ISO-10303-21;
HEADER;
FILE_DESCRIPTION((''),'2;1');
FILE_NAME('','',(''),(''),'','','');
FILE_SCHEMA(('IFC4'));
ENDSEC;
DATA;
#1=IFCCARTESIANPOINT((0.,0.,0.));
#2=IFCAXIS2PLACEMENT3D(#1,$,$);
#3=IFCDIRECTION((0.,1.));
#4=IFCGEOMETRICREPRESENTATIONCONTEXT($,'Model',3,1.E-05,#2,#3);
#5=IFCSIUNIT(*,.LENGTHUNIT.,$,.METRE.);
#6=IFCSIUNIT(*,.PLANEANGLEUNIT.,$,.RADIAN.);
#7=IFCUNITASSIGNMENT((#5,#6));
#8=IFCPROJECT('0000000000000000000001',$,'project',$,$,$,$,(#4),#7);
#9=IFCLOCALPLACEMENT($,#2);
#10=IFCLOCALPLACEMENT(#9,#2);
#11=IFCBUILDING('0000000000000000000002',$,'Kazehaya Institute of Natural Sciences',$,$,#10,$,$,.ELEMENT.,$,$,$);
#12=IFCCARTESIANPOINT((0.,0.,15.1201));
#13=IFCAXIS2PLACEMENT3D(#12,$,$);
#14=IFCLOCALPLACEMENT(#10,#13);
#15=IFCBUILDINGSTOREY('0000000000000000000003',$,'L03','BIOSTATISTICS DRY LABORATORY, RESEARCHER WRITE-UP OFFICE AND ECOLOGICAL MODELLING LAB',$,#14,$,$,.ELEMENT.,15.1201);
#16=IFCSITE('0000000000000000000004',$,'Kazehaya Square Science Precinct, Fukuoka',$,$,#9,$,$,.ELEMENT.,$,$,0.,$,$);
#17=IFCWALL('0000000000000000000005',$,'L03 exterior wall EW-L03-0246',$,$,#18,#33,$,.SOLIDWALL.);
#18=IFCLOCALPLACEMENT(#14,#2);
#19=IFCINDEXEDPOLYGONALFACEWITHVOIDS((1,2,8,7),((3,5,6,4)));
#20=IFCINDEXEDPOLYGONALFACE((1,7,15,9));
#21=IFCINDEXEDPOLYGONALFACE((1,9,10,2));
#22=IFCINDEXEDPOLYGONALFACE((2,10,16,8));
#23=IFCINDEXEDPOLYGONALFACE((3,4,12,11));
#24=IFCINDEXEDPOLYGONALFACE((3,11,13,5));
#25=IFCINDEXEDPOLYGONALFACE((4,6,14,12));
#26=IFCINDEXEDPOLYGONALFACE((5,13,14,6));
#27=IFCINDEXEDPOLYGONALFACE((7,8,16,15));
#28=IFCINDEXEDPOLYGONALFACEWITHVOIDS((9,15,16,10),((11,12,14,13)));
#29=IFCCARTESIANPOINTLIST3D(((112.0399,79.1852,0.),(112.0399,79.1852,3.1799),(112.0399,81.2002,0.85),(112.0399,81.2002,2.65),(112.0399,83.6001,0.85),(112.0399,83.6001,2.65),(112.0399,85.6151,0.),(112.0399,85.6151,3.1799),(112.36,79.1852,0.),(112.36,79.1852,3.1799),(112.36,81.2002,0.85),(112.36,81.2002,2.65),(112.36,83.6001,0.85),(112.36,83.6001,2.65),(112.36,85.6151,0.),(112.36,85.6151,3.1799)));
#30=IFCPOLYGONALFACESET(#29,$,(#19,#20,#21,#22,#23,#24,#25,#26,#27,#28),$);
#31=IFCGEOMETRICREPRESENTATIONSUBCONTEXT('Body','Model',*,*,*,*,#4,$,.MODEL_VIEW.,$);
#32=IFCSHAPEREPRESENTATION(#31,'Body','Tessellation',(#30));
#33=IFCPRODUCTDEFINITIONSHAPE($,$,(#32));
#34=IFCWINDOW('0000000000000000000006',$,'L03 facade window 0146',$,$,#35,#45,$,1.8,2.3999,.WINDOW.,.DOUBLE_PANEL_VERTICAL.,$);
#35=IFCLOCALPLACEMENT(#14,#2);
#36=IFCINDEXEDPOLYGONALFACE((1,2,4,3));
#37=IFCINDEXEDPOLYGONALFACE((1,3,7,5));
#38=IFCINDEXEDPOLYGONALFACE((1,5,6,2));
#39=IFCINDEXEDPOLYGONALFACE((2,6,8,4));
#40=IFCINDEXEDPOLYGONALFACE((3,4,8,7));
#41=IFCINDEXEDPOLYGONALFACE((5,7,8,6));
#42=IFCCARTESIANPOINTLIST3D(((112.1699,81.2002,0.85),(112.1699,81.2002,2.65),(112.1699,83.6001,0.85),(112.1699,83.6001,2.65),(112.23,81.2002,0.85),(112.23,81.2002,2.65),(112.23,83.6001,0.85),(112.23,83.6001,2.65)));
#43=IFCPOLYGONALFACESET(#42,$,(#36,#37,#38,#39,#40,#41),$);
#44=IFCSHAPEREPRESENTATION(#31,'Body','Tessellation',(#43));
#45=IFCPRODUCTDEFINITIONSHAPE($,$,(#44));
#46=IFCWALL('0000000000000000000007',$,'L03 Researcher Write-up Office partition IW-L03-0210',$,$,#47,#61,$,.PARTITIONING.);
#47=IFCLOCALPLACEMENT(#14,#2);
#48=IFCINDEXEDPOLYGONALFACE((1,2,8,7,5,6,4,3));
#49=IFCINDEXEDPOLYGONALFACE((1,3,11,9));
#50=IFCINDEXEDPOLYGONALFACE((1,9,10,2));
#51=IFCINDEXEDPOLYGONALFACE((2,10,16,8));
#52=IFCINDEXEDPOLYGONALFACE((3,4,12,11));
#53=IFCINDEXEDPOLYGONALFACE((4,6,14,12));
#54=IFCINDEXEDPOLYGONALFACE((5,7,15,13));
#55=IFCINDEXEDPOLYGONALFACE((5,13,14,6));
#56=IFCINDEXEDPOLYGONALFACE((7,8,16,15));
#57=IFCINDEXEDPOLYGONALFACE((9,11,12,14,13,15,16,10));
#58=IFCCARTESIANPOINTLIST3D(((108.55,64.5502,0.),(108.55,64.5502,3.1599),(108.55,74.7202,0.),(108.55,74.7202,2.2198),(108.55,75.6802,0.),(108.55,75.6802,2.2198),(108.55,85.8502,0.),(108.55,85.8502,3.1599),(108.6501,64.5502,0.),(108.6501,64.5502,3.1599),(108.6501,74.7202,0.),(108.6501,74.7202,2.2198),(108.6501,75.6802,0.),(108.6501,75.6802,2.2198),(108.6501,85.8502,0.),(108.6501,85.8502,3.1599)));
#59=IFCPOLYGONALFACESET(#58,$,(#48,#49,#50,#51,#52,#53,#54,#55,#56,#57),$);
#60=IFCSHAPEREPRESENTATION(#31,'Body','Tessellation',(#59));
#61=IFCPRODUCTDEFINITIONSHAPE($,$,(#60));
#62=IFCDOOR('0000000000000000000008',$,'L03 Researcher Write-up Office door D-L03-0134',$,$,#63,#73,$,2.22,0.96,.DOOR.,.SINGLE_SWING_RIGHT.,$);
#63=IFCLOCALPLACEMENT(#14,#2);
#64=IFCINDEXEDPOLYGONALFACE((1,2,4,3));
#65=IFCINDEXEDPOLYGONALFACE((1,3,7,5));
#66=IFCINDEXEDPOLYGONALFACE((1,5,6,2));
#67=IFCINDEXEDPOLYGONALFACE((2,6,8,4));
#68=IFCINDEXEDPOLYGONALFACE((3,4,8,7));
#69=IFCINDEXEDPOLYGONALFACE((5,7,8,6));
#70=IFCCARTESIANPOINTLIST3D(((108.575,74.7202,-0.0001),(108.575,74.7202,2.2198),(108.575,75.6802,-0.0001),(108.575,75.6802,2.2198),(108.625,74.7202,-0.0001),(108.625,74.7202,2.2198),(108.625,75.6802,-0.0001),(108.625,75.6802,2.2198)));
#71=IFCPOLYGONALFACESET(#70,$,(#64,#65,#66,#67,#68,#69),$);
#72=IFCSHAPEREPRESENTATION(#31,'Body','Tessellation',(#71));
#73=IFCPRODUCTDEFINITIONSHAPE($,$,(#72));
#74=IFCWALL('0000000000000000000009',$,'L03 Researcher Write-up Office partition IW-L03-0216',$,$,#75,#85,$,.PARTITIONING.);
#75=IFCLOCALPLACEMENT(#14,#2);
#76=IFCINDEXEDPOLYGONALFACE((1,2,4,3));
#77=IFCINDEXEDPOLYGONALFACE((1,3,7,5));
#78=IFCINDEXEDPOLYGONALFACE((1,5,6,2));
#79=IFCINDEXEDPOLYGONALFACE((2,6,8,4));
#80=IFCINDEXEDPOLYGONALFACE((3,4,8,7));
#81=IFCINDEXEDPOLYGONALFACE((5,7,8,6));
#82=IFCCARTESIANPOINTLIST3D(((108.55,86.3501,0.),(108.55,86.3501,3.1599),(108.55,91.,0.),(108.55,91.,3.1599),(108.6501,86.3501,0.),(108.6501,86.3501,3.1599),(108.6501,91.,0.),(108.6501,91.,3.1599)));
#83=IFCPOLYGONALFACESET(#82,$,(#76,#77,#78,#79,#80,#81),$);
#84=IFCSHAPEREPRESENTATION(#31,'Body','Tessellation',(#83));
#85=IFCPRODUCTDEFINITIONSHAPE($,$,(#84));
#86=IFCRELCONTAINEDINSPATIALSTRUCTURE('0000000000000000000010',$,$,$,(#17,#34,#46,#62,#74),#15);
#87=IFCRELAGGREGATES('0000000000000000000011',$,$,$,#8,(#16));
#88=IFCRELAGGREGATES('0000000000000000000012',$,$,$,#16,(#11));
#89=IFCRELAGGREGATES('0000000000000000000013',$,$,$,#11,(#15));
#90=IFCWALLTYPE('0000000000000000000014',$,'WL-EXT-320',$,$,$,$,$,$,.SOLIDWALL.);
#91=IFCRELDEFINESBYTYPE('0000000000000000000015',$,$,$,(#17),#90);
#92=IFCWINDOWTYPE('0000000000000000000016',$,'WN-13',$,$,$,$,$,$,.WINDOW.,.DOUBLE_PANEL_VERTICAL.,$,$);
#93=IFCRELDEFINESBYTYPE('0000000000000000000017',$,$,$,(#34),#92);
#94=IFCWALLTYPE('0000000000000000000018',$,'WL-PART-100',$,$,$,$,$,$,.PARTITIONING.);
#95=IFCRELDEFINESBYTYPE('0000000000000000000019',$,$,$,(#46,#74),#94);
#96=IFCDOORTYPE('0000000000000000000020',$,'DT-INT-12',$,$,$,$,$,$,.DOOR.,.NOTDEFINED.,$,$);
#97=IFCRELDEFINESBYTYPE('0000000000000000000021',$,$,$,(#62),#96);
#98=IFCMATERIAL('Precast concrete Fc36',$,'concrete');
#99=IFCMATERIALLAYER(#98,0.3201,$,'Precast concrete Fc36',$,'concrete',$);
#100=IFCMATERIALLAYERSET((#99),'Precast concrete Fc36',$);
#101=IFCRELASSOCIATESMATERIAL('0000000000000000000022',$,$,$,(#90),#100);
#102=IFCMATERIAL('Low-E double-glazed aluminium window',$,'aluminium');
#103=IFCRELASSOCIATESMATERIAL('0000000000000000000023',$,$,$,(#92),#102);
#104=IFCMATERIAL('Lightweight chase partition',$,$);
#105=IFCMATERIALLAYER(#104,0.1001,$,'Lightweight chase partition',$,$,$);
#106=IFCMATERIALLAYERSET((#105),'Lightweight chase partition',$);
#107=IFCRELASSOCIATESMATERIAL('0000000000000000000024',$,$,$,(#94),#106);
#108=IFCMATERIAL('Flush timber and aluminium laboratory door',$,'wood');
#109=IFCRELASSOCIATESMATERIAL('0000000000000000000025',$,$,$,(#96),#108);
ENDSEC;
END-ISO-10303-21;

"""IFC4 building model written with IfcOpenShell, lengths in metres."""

from ifc_helpers import new_model, si_unit, direction, frame, frame_2d, origin, place, context, subcontext, project, spatial, rectangle, extrude, material, layer, layer_set, type_object, element, fill, save


model = new_model("IFC4")

# Units and contexts
model_context = context("Model", 3, precision=1e-05, world=origin(), true_north=direction((0.0, 1.0)))
body_context = subcontext(model_context, "Body", "Model", "MODEL_VIEW")
ifc_project = project(units=[si_unit("LENGTHUNIT", "METRE"), si_unit("PLANEANGLEUNIT", "RADIAN")], contexts=[model_context])

# Site, building, storey
site_placement = place(None, origin())
site = spatial("IfcSite", under=ifc_project, at=site_placement, Name="Kazehaya Square Science Precinct, Fukuoka", CompositionType="ELEMENT", RefElevation=0.0)
building_placement = place(site_placement, origin())
building = spatial("IfcBuilding", under=site, at=building_placement, Name="Kazehaya Institute of Natural Sciences", CompositionType="ELEMENT")
storey_placement = place(building_placement, frame((0.0, 0.0, 15.1201)))
storey = spatial("IfcBuildingStorey", under=building, at=storey_placement, Name="L03", Description="BIOSTATISTICS DRY LABORATORY, RESEARCHER WRITE-UP OFFICE AND ECOLOGICAL MODELLING LAB", CompositionType="ELEMENT", Elevation=15.1201)

# Wall, opening, window
ifc_material_1 = material(Name="Precast concrete Fc36", Category="concrete")
ifc_material_2 = material(Name="Low-E double-glazed aluminium window", Category="aluminium")
ifc_layer_1 = layer(ifc_material_1, 0.3201, Name="Precast concrete Fc36", Category="concrete")
ifc_layer_set_1 = layer_set([ifc_layer_1], Name="Precast concrete Fc36")
wall_type_1 = type_object("IfcWallType", Name="WL-EXT-320", PredefinedType="SOLIDWALL", material=ifc_layer_set_1)
wall_1_placement = place(storey_placement, frame((112.2, 85.615, 0.0), z_axis=(0.0, 0.0, 1.0), x_axis=(0.0, -1.0, 0.0)))
wall_1 = element("IfcWall", 1, at=wall_1_placement, inside=storey, type_object=wall_type_1, Name="L03 exterior wall EW-L03-0246", PredefinedType="SOLIDWALL", context=body_context, shape_type="SweptSolid", body=[
    extrude(rectangle(XDim=6.4299, YDim=0.3201, at=frame_2d((3.2148, 0.0))), origin(), (0.0, 0.0, 1.0), 3.1799),
])
opening_1_placement = place(wall_1_placement, frame((2.0149, 0.0, 0.8501)))
opening_1 = element("IfcOpeningElement", 2, at=opening_1_placement, cuts=wall_1, PredefinedType="OPENING", context=body_context, shape_type="SweptSolid", body=[
    extrude(rectangle(XDim=2.3999, YDim=1.8, at=frame_2d((1.2, 0.8999))), frame((0.0, 0.1699, 0.0), z_axis=(0.0, -1.0, 0.0), x_axis=(1.0, 0.0, 0.0)), (0.0, 0.0, 1.0), 0.3401),
])
window_type_1 = type_object("IfcWindowType", Name="WN-13", PartitioningType="DOUBLE_PANEL_VERTICAL", PredefinedType="WINDOW", material=ifc_material_2)
window_1_placement = place(opening_1_placement, origin())
window_1 = element("IfcWindow", 3, at=window_1_placement, inside=storey, type_object=window_type_1, Name="L03 facade window 0146", OverallHeight=1.8, OverallWidth=2.3999, PartitioningType="DOUBLE_PANEL_VERTICAL", PredefinedType="WINDOW", context=body_context, shape_type="SweptSolid", body=[
    extrude(rectangle(XDim=2.3999, YDim=1.8, at=frame_2d((1.2, 0.8999))), frame((0.0, 0.03, 0.0), z_axis=(0.0, -1.0, 0.0), x_axis=(1.0, 0.0, 0.0)), (0.0, 0.0, 1.0), 0.0601),
])
fill(opening_1, window_1)

# Wall, opening, door
ifc_material_3 = material(Name="Lightweight chase partition")
ifc_layer_2 = layer(ifc_material_3, 0.1001, Name="Lightweight chase partition")
ifc_layer_set_2 = layer_set([ifc_layer_2], Name="Lightweight chase partition")
wall_type_2 = type_object("IfcWallType", Name="WL-PART-100", PredefinedType="PARTITIONING", material=ifc_layer_set_2)
wall_2_placement = place(storey_placement, frame((108.6001, 85.8501, 0.0), z_axis=(0.0, 0.0, 1.0), x_axis=(0.0, -1.0, 0.0)))
wall_2 = element("IfcWall", 4, at=wall_2_placement, inside=storey, type_object=wall_type_2, Name="L03 Researcher Write-up Office partition IW-L03-0210", PredefinedType="PARTITIONING", context=body_context, shape_type="SweptSolid", body=[
    extrude(rectangle(XDim=21.3, YDim=0.1001, at=frame_2d((10.6499, 0.0))), origin(), (0.0, 0.0, 1.0), 3.1599),
])
opening_2_placement = place(wall_2_placement, frame((10.1699, 0.0, 0.0)))
opening_2 = element("IfcOpeningElement", 5, at=opening_2_placement, cuts=wall_2, PredefinedType="OPENING", context=body_context, shape_type="SweptSolid", body=[
    extrude(rectangle(XDim=0.96, YDim=2.22, at=frame_2d((0.48, 1.1099))), frame((0.0, 0.0601, 0.0), z_axis=(0.0, -1.0, 0.0), x_axis=(1.0, 0.0, 0.0)), (0.0, 0.0, 1.0), 0.1201),
])
ifc_material_4 = material(Name="Flush timber and aluminium laboratory door", Category="wood")
door_type = type_object("IfcDoorType", Name="DT-INT-12", OperationType="NOTDEFINED", PredefinedType="DOOR", material=ifc_material_4)
door_placement = place(opening_2_placement, origin())
door = element("IfcDoor", 6, at=door_placement, inside=storey, type_object=door_type, Name="L03 Researcher Write-up Office door D-L03-0134", OperationType="SINGLE_SWING_RIGHT", OverallHeight=2.22, OverallWidth=0.96, PredefinedType="DOOR", context=body_context, shape_type="SweptSolid", body=[
    extrude(rectangle(XDim=0.96, YDim=2.22, at=frame_2d((0.48, 1.1099))), frame((0.0, 0.0249, 0.0), z_axis=(0.0, -1.0, 0.0), x_axis=(1.0, 0.0, 0.0)), (0.0, 0.0, 1.0), 0.05),
])
fill(opening_2, door)

# Wall
wall_3_placement = place(storey_placement, frame((108.6001, 91.0, 0.0), z_axis=(0.0, 0.0, 1.0), x_axis=(0.0, -1.0, 0.0)))
element("IfcWall", 7, at=wall_3_placement, inside=storey, type_object=wall_type_2, Name="L03 Researcher Write-up Office partition IW-L03-0216", PredefinedType="PARTITIONING", context=body_context, shape_type="SweptSolid", body=[
    extrude(rectangle(XDim=4.6499, YDim=0.1001, at=frame_2d((2.325, 0.0))), origin(), (0.0, 0.0, 1.0), 3.1599),
])

save(model, "model.ifc")
